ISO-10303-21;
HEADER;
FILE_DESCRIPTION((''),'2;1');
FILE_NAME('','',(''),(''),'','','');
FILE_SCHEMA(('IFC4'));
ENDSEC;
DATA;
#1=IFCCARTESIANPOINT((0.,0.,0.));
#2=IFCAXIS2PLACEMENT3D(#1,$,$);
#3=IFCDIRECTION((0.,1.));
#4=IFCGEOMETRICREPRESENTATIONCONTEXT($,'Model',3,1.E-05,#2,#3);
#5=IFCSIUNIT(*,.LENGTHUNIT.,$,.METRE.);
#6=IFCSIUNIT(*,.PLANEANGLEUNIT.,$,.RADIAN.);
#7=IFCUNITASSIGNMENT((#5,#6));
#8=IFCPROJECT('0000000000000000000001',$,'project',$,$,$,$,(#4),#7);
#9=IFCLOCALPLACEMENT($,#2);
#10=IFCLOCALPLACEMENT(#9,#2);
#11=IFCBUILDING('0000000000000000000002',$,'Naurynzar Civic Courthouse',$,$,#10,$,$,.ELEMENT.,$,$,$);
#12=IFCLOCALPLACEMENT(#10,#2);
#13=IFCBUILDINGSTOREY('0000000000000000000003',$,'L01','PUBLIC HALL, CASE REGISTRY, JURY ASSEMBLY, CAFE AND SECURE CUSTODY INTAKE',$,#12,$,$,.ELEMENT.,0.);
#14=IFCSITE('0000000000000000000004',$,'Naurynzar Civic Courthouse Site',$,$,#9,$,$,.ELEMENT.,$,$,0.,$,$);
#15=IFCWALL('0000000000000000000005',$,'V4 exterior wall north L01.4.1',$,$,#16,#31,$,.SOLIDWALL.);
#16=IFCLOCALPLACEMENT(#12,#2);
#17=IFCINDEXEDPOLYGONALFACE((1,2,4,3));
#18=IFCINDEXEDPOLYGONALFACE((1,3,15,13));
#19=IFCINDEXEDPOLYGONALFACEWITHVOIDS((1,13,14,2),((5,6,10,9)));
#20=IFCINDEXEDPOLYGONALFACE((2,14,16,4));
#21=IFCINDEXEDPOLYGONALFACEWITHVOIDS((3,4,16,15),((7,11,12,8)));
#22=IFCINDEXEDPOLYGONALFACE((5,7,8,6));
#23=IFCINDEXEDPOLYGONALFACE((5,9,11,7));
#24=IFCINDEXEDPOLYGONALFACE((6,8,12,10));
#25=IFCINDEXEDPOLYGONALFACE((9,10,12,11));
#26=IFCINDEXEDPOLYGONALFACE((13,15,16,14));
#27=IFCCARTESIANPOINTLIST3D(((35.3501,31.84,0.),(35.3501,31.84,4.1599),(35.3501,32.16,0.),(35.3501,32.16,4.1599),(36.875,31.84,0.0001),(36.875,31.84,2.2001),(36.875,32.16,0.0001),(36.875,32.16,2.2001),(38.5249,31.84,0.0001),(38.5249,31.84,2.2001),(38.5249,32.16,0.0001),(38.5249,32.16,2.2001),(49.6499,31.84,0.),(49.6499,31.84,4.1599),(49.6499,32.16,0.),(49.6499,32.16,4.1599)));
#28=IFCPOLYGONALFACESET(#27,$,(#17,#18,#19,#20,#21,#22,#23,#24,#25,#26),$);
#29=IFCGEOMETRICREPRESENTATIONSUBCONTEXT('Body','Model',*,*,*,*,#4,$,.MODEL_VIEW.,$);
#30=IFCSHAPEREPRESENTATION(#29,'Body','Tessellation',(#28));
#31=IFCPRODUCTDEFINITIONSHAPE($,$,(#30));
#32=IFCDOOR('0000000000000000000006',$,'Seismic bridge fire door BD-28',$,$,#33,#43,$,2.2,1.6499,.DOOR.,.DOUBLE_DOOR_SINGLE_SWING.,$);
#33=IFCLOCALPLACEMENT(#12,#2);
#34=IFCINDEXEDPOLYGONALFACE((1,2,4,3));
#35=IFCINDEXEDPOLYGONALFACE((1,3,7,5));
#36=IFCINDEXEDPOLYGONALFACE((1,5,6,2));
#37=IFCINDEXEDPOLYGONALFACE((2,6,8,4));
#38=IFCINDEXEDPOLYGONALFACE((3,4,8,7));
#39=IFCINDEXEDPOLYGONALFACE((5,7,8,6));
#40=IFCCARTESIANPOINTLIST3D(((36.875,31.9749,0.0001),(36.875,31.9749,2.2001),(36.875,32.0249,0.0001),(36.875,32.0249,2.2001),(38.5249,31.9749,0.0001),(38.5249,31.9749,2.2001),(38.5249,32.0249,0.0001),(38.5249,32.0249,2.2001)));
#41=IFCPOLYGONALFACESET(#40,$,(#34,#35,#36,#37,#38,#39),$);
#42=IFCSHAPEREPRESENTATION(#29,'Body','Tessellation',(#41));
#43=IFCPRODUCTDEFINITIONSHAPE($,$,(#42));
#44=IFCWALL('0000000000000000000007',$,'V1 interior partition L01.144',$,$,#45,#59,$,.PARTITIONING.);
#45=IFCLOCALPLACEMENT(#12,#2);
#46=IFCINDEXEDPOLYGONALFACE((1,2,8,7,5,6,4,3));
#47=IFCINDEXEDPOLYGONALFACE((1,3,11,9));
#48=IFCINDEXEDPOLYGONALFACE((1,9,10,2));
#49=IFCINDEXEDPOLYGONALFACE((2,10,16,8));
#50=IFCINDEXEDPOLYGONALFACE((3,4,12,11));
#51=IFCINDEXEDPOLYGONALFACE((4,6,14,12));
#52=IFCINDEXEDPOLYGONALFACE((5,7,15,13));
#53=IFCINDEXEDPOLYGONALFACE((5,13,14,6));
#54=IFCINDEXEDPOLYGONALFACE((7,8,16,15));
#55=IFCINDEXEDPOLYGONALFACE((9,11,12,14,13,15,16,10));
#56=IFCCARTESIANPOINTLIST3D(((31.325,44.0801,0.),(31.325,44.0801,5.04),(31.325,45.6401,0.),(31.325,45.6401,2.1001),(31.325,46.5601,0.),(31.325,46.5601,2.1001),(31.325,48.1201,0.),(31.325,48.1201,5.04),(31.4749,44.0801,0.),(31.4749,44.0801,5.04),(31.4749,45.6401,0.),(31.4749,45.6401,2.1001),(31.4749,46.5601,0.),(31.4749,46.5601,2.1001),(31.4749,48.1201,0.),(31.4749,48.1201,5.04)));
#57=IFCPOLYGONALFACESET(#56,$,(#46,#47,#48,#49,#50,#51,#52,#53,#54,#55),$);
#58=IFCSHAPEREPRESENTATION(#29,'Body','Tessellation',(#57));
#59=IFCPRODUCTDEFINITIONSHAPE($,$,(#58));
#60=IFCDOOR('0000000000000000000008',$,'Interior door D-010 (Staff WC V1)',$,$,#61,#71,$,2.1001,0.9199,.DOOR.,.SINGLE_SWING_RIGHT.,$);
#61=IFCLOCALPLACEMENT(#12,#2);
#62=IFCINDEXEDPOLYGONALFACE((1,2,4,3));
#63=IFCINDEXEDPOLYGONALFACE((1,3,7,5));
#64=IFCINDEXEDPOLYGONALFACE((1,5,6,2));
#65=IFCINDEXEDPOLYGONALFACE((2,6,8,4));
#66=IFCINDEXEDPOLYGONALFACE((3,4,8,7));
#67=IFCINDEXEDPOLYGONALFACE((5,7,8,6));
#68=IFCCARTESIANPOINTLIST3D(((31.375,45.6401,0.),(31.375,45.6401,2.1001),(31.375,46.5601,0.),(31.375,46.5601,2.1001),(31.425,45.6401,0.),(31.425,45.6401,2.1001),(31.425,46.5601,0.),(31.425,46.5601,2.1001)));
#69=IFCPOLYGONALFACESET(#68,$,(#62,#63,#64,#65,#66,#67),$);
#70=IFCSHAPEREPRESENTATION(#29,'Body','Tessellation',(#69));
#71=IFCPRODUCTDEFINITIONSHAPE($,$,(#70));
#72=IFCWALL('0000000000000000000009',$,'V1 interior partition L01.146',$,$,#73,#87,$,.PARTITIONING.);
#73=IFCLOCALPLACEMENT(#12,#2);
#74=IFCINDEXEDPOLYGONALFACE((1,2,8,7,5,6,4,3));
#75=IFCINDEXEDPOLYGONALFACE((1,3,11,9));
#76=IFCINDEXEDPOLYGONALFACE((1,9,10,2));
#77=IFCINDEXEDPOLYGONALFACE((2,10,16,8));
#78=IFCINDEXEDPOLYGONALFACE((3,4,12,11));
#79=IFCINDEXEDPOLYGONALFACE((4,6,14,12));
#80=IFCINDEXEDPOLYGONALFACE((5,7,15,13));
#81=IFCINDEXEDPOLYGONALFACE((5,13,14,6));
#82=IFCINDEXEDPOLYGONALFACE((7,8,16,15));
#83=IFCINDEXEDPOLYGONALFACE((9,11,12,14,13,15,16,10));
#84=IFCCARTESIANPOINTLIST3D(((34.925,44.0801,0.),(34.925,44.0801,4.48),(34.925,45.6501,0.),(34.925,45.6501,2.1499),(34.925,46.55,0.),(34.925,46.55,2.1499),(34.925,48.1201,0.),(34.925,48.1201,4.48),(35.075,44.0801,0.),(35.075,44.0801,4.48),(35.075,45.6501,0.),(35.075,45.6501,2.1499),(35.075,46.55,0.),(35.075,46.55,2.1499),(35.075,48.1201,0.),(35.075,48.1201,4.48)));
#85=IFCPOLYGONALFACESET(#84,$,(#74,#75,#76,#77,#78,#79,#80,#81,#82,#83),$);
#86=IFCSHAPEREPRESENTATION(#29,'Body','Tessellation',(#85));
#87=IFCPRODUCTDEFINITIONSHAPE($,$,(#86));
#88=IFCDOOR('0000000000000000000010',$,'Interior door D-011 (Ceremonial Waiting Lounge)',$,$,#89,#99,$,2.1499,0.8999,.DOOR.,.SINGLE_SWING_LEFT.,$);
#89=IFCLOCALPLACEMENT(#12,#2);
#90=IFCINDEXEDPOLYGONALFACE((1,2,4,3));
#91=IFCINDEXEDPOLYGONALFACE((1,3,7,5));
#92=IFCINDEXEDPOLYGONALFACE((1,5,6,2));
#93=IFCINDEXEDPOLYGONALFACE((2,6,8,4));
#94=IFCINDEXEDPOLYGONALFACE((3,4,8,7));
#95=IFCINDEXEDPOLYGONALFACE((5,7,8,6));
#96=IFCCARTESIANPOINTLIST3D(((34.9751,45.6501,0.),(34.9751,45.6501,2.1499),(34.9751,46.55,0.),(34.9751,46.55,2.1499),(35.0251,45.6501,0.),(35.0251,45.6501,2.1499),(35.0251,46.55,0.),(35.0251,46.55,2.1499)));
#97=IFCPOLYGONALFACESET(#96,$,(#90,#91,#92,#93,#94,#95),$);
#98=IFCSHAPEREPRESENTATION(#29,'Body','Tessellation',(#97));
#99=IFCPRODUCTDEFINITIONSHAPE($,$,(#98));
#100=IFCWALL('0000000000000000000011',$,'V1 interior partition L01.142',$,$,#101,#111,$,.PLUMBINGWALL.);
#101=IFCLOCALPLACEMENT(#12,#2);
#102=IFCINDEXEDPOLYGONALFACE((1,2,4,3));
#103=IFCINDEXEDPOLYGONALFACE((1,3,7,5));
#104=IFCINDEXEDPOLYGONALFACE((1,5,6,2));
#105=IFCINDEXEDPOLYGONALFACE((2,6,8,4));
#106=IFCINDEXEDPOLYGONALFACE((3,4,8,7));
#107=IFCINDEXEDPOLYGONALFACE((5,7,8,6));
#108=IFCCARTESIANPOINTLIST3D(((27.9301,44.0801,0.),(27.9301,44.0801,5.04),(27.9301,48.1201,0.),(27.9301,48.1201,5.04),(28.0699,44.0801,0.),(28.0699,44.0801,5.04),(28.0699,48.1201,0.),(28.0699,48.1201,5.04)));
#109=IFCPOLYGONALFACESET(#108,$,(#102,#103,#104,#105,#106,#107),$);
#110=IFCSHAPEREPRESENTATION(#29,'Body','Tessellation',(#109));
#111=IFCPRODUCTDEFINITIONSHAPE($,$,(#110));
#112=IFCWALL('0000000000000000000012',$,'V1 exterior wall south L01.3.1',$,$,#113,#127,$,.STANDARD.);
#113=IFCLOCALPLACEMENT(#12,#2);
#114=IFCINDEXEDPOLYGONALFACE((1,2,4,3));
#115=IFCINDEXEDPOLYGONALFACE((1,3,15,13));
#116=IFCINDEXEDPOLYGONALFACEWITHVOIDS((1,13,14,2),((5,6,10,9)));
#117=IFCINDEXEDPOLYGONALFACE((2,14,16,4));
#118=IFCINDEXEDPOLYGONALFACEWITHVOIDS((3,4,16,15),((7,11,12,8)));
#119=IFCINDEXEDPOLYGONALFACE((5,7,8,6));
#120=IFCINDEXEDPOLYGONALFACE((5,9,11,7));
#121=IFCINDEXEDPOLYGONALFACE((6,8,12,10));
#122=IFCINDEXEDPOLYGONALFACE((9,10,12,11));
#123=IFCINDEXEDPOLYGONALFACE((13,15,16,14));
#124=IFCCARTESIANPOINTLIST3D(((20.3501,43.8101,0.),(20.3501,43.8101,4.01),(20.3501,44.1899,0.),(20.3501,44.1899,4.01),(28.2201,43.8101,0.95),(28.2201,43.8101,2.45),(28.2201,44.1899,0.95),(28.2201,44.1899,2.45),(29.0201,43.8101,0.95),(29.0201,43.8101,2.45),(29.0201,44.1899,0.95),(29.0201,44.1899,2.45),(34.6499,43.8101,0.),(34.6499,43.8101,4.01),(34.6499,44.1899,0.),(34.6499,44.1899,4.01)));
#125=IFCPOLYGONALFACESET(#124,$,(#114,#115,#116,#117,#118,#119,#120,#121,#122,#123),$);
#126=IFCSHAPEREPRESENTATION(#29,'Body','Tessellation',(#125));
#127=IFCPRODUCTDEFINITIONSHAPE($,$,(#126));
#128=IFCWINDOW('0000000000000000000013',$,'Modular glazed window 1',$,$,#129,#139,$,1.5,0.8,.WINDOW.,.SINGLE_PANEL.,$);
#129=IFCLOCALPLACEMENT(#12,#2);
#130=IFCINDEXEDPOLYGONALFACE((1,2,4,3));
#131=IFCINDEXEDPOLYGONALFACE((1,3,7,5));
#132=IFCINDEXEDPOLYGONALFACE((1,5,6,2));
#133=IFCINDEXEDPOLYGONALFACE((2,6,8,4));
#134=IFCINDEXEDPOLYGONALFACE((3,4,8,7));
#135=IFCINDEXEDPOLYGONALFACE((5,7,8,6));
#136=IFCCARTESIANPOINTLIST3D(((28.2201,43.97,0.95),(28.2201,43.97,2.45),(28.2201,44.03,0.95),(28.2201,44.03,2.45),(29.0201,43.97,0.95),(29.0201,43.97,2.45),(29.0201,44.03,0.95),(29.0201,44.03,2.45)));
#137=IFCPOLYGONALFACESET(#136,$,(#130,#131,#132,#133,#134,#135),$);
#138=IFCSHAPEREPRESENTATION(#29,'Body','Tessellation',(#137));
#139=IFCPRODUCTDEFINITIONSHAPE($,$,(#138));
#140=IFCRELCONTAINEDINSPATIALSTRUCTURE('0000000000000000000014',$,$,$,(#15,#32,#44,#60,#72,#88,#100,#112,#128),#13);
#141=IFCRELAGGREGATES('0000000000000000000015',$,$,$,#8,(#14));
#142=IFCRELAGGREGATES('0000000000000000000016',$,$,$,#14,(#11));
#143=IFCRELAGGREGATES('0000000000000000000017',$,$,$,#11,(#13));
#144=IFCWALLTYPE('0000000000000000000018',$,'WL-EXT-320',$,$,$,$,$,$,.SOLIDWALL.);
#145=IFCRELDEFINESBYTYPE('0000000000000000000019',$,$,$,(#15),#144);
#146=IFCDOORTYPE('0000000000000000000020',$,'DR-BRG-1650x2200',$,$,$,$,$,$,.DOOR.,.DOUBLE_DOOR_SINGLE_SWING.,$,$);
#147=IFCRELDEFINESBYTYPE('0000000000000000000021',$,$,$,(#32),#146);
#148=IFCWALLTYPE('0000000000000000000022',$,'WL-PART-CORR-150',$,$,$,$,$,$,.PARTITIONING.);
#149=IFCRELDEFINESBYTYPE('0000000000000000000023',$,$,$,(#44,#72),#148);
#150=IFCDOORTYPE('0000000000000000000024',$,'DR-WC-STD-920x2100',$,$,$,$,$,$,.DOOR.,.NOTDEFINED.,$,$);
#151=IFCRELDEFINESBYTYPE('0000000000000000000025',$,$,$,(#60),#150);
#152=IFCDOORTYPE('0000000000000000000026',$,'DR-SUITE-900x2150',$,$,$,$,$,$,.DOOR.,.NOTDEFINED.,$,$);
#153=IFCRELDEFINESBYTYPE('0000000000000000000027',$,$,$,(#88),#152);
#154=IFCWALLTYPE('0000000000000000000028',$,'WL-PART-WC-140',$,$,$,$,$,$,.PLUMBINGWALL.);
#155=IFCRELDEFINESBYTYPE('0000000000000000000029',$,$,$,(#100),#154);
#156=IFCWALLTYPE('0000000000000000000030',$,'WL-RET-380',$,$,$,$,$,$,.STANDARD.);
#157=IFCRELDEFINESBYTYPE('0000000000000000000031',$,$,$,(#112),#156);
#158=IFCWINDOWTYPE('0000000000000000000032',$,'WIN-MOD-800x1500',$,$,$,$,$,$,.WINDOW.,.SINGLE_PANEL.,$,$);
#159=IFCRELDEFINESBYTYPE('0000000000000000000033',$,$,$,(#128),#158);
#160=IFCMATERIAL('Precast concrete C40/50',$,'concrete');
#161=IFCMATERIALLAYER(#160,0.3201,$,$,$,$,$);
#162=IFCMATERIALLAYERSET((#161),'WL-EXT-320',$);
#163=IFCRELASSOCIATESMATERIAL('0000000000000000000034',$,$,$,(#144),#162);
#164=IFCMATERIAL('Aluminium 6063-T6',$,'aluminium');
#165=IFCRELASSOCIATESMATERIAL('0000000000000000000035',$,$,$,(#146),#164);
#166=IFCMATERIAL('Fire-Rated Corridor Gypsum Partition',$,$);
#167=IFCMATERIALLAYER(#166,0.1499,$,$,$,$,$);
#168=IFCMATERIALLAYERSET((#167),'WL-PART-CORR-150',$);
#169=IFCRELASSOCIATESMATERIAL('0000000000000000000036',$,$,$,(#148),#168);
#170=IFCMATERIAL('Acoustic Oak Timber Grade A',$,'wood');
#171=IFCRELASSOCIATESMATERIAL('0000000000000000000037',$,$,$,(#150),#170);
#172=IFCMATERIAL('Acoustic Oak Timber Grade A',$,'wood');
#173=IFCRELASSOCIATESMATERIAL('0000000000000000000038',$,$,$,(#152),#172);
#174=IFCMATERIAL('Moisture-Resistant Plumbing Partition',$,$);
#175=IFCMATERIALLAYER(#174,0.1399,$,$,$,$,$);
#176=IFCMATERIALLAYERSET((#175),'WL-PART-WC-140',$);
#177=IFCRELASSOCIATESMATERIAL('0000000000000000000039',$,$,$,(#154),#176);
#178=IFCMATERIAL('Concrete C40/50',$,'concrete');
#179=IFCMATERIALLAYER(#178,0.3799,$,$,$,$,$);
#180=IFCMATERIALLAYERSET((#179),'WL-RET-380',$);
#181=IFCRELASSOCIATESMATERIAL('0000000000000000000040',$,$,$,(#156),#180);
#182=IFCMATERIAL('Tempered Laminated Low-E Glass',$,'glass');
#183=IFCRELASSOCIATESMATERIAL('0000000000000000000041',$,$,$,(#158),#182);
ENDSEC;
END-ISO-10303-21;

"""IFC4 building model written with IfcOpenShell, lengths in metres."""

from ifc_helpers import new_model, si_unit, direction, frame, frame_2d, origin, place, context, subcontext, project, spatial, rectangle, extrude, material, layer, layer_set, type_object, element, fill, save


model = new_model("IFC4")

# Units and contexts
model_context = context("Model", 3, precision=1e-05, world=origin(), true_north=direction((0.0, 1.0)))
body_context = subcontext(model_context, "Body", "Model", "MODEL_VIEW")
ifc_project = project(units=[si_unit("LENGTHUNIT", "METRE"), si_unit("PLANEANGLEUNIT", "RADIAN")], contexts=[model_context])

# Site, building, storey
site_placement = place(None, origin())
site = spatial("IfcSite", under=ifc_project, at=site_placement, Name="Naurynzar Civic Courthouse Site", CompositionType="ELEMENT", RefElevation=0.0)
building_placement = place(site_placement, origin())
building = spatial("IfcBuilding", under=site, at=building_placement, Name="Naurynzar Civic Courthouse", CompositionType="ELEMENT")
storey_placement = place(building_placement, origin())
storey = spatial("IfcBuildingStorey", under=building, at=storey_placement, Name="L01", Description="PUBLIC HALL, CASE REGISTRY, JURY ASSEMBLY, CAFE AND SECURE CUSTODY INTAKE", CompositionType="ELEMENT", Elevation=0.0)

# Walls, openings, doors
ifc_material_1 = material(Name="Precast concrete C40/50", Category="concrete")
ifc_layer_1 = layer(ifc_material_1, 0.3201)
ifc_layer_set_1 = layer_set([ifc_layer_1], Name="WL-EXT-320")
wall_type_1 = type_object("IfcWallType", Name="WL-EXT-320", PredefinedType="SOLIDWALL", material=ifc_layer_set_1)
wall_1_placement = place(storey_placement, frame((35.3501, 32.0, 0.0), z_axis=(0.0, 0.0, 1.0), x_axis=(1.0, 0.0, 0.0)))
wall_1 = element("IfcWall", 1, at=wall_1_placement, inside=storey, type_object=wall_type_1, Name="V4 exterior wall north L01.4.1", PredefinedType="SOLIDWALL", context=body_context, shape_type="SweptSolid", body=[
    extrude(rectangle(XDim=14.2998, YDim=0.3201, at=frame_2d((7.1499, 0.0))), origin(), (0.0, 0.0, 1.0), 4.1599),
])
opening_1_placement = place(wall_1_placement, frame((1.5249, 0.0, 0.0)))
opening_1 = element("IfcOpeningElement", 2, at=opening_1_placement, cuts=wall_1, PredefinedType="OPENING", context=body_context, shape_type="SweptSolid", body=[
    extrude(rectangle(XDim=1.6499, YDim=2.2, at=frame_2d((0.825, 1.1001))), frame((0.0, 0.1699, 0.0), z_axis=(0.0, -1.0, 0.0), x_axis=(1.0, 0.0, 0.0)), (0.0, 0.0, 1.0), 0.3401),
])
ifc_material_2 = material(Name="Aluminium 6063-T6", Category="aluminium")
door_type_1 = type_object("IfcDoorType", Name="DR-BRG-1650x2200", OperationType="DOUBLE_DOOR_SINGLE_SWING", PredefinedType="DOOR", material=ifc_material_2)
door_1_placement = place(opening_1_placement, origin())
door_1 = element("IfcDoor", 3, at=door_1_placement, inside=storey, type_object=door_type_1, Name="Seismic bridge fire door BD-28", OperationType="DOUBLE_DOOR_SINGLE_SWING", OverallHeight=2.2, OverallWidth=1.6499, PredefinedType="DOOR", context=body_context, shape_type="SweptSolid", body=[
    extrude(rectangle(XDim=1.6499, YDim=2.2, at=frame_2d((0.825, 1.1001))), frame((0.0, 0.0249, 0.0), z_axis=(0.0, -1.0, 0.0), x_axis=(1.0, 0.0, 0.0)), (0.0, 0.0, 1.0), 0.05),
])
fill(opening_1, door_1)
ifc_material_3 = material(Name="Fire-Rated Corridor Gypsum Partition")
ifc_layer_2 = layer(ifc_material_3, 0.1499)
ifc_layer_set_2 = layer_set([ifc_layer_2], Name="WL-PART-CORR-150")
wall_type_2 = type_object("IfcWallType", Name="WL-PART-CORR-150", PredefinedType="PARTITIONING", material=ifc_layer_set_2)
wall_2_placement = place(storey_placement, frame((31.3999, 44.0801, 0.0), z_axis=(0.0, 0.0, 1.0), x_axis=(0.0, 1.0, 0.0)))
wall_2 = element("IfcWall", 4, at=wall_2_placement, inside=storey, type_object=wall_type_2, Name="V1 interior partition L01.144", PredefinedType="PARTITIONING", context=body_context, shape_type="SweptSolid", body=[
    extrude(rectangle(XDim=4.04, YDim=0.1499, at=frame_2d((2.02, 0.0))), origin(), (0.0, 0.0, 1.0), 5.04),
])
opening_2_placement = place(wall_2_placement, frame((1.5601, 0.0, 0.0)))
opening_2 = element("IfcOpeningElement", 5, at=opening_2_placement, cuts=wall_2, PredefinedType="OPENING", context=body_context, shape_type="SweptSolid", body=[
    extrude(rectangle(XDim=0.9199, YDim=2.1001, at=frame_2d((0.46, 1.05))), frame((0.0, 0.085, 0.0), z_axis=(0.0, -1.0, 0.0), x_axis=(1.0, 0.0, 0.0)), (0.0, 0.0, 1.0), 0.1699),
])
ifc_material_4 = material(Name="Acoustic Oak Timber Grade A", Category="wood")
door_type_2 = type_object("IfcDoorType", Name="DR-WC-STD-920x2100", OperationType="NOTDEFINED", PredefinedType="DOOR", material=ifc_material_4)
door_2_placement = place(opening_2_placement, origin())
door_2 = element("IfcDoor", 6, at=door_2_placement, inside=storey, type_object=door_type_2, Name="Interior door D-010 (Staff WC V1)", OperationType="SINGLE_SWING_RIGHT", OverallHeight=2.1001, OverallWidth=0.9199, PredefinedType="DOOR", context=body_context, shape_type="SweptSolid", body=[
    extrude(rectangle(XDim=0.9199, YDim=2.1001, at=frame_2d((0.46, 1.05))), frame((0.0, 0.0249, 0.0), z_axis=(0.0, -1.0, 0.0), x_axis=(1.0, 0.0, 0.0)), (0.0, 0.0, 1.0), 0.05),
])
fill(opening_2, door_2)
wall_3_placement = place(storey_placement, frame((35.0, 44.0801, 0.0), z_axis=(0.0, 0.0, 1.0), x_axis=(0.0, 1.0, 0.0)))
wall_3 = element("IfcWall", 7, at=wall_3_placement, inside=storey, type_object=wall_type_2, Name="V1 interior partition L01.146", PredefinedType="PARTITIONING", context=body_context, shape_type="SweptSolid", body=[
    extrude(rectangle(XDim=4.04, YDim=0.1499, at=frame_2d((2.02, 0.0))), origin(), (0.0, 0.0, 1.0), 4.48),
])
opening_3_placement = place(wall_3_placement, frame((1.5701, 0.0, 0.0)))
opening_3 = element("IfcOpeningElement", 8, at=opening_3_placement, cuts=wall_3, PredefinedType="OPENING", context=body_context, shape_type="SweptSolid", body=[
    extrude(rectangle(XDim=0.8999, YDim=2.1499, at=frame_2d((0.45, 1.075))), frame((0.0, 0.085, 0.0), z_axis=(0.0, -1.0, 0.0), x_axis=(1.0, 0.0, 0.0)), (0.0, 0.0, 1.0), 0.1699),
])
ifc_material_5 = material(Name="Acoustic Oak Timber Grade A", Category="wood")
door_type_3 = type_object("IfcDoorType", Name="DR-SUITE-900x2150", OperationType="NOTDEFINED", PredefinedType="DOOR", material=ifc_material_5)
door_3_placement = place(opening_3_placement, origin())
door_3 = element("IfcDoor", 9, at=door_3_placement, inside=storey, type_object=door_type_3, Name="Interior door D-011 (Ceremonial Waiting Lounge)", OperationType="SINGLE_SWING_LEFT", OverallHeight=2.1499, OverallWidth=0.8999, PredefinedType="DOOR", context=body_context, shape_type="SweptSolid", body=[
    extrude(rectangle(XDim=0.8999, YDim=2.1499, at=frame_2d((0.45, 1.075))), frame((0.0, 0.0249, 0.0), z_axis=(0.0, -1.0, 0.0), x_axis=(1.0, 0.0, 0.0)), (0.0, 0.0, 1.0), 0.05),
])
fill(opening_3, door_3)

# Wall
ifc_material_6 = material(Name="Moisture-Resistant Plumbing Partition")
ifc_layer_3 = layer(ifc_material_6, 0.1399)
ifc_layer_set_3 = layer_set([ifc_layer_3], Name="WL-PART-WC-140")
wall_type_3 = type_object("IfcWallType", Name="WL-PART-WC-140", PredefinedType="PLUMBINGWALL", material=ifc_layer_set_3)
wall_4_placement = place(storey_placement, frame((28.0, 44.0801, 0.0), z_axis=(0.0, 0.0, 1.0), x_axis=(0.0, 1.0, 0.0)))
element("IfcWall", 10, at=wall_4_placement, inside=storey, type_object=wall_type_3, Name="V1 interior partition L01.142", PredefinedType="PLUMBINGWALL", context=body_context, shape_type="SweptSolid", body=[
    extrude(rectangle(XDim=4.04, YDim=0.1399, at=frame_2d((2.02, 0.0))), origin(), (0.0, 0.0, 1.0), 5.04),
])

# Wall, opening, window
ifc_material_7 = material(Name="Concrete C40/50", Category="concrete")
ifc_layer_4 = layer(ifc_material_7, 0.3799)
ifc_layer_set_4 = layer_set([ifc_layer_4], Name="WL-RET-380")
wall_type_4 = type_object("IfcWallType", Name="WL-RET-380", PredefinedType="STANDARD", material=ifc_layer_set_4)
wall_5_placement = place(storey_placement, frame((34.6499, 44.0, 0.0), z_axis=(0.0, 0.0, 1.0), x_axis=(-1.0, 0.0, 0.0)))
wall_5 = element("IfcWall", 11, at=wall_5_placement, inside=storey, type_object=wall_type_4, Name="V1 exterior wall south L01.3.1", PredefinedType="STANDARD", context=body_context, shape_type="SweptSolid", body=[
    extrude(rectangle(XDim=14.2998, YDim=0.3799, at=frame_2d((7.1499, 0.0))), origin(), (0.0, 0.0, 1.0), 4.01),
])
opening_4_placement = place(wall_5_placement, frame((5.6299, 0.0, 0.95)))
opening_4 = element("IfcOpeningElement", 12, at=opening_4_placement, cuts=wall_5, PredefinedType="OPENING", context=body_context, shape_type="SweptSolid", body=[
    extrude(rectangle(XDim=0.8, YDim=1.5, at=frame_2d((0.3999, 0.75))), frame((0.0, 0.2, 0.0), z_axis=(0.0, -1.0, 0.0), x_axis=(1.0, 0.0, 0.0)), (0.0, 0.0, 1.0), 0.3999),
])
ifc_material_8 = material(Name="Tempered Laminated Low-E Glass", Category="glass")
window_type = type_object("IfcWindowType", Name="WIN-MOD-800x1500", PartitioningType="SINGLE_PANEL", PredefinedType="WINDOW", material=ifc_material_8)
window_placement = place(opening_4_placement, origin())
window = element("IfcWindow", 13, at=window_placement, inside=storey, type_object=window_type, Name="Modular glazed window 1", OverallHeight=1.5, OverallWidth=0.8, PartitioningType="SINGLE_PANEL", PredefinedType="WINDOW", context=body_context, shape_type="SweptSolid", body=[
    extrude(rectangle(XDim=0.8, YDim=1.5, at=frame_2d((0.3999, 0.75))), frame((0.0, 0.03, 0.0), z_axis=(0.0, -1.0, 0.0), x_axis=(1.0, 0.0, 0.0)), (0.0, 0.0, 1.0), 0.0601),
])
fill(opening_4, window)

save(model, "model.ifc")
